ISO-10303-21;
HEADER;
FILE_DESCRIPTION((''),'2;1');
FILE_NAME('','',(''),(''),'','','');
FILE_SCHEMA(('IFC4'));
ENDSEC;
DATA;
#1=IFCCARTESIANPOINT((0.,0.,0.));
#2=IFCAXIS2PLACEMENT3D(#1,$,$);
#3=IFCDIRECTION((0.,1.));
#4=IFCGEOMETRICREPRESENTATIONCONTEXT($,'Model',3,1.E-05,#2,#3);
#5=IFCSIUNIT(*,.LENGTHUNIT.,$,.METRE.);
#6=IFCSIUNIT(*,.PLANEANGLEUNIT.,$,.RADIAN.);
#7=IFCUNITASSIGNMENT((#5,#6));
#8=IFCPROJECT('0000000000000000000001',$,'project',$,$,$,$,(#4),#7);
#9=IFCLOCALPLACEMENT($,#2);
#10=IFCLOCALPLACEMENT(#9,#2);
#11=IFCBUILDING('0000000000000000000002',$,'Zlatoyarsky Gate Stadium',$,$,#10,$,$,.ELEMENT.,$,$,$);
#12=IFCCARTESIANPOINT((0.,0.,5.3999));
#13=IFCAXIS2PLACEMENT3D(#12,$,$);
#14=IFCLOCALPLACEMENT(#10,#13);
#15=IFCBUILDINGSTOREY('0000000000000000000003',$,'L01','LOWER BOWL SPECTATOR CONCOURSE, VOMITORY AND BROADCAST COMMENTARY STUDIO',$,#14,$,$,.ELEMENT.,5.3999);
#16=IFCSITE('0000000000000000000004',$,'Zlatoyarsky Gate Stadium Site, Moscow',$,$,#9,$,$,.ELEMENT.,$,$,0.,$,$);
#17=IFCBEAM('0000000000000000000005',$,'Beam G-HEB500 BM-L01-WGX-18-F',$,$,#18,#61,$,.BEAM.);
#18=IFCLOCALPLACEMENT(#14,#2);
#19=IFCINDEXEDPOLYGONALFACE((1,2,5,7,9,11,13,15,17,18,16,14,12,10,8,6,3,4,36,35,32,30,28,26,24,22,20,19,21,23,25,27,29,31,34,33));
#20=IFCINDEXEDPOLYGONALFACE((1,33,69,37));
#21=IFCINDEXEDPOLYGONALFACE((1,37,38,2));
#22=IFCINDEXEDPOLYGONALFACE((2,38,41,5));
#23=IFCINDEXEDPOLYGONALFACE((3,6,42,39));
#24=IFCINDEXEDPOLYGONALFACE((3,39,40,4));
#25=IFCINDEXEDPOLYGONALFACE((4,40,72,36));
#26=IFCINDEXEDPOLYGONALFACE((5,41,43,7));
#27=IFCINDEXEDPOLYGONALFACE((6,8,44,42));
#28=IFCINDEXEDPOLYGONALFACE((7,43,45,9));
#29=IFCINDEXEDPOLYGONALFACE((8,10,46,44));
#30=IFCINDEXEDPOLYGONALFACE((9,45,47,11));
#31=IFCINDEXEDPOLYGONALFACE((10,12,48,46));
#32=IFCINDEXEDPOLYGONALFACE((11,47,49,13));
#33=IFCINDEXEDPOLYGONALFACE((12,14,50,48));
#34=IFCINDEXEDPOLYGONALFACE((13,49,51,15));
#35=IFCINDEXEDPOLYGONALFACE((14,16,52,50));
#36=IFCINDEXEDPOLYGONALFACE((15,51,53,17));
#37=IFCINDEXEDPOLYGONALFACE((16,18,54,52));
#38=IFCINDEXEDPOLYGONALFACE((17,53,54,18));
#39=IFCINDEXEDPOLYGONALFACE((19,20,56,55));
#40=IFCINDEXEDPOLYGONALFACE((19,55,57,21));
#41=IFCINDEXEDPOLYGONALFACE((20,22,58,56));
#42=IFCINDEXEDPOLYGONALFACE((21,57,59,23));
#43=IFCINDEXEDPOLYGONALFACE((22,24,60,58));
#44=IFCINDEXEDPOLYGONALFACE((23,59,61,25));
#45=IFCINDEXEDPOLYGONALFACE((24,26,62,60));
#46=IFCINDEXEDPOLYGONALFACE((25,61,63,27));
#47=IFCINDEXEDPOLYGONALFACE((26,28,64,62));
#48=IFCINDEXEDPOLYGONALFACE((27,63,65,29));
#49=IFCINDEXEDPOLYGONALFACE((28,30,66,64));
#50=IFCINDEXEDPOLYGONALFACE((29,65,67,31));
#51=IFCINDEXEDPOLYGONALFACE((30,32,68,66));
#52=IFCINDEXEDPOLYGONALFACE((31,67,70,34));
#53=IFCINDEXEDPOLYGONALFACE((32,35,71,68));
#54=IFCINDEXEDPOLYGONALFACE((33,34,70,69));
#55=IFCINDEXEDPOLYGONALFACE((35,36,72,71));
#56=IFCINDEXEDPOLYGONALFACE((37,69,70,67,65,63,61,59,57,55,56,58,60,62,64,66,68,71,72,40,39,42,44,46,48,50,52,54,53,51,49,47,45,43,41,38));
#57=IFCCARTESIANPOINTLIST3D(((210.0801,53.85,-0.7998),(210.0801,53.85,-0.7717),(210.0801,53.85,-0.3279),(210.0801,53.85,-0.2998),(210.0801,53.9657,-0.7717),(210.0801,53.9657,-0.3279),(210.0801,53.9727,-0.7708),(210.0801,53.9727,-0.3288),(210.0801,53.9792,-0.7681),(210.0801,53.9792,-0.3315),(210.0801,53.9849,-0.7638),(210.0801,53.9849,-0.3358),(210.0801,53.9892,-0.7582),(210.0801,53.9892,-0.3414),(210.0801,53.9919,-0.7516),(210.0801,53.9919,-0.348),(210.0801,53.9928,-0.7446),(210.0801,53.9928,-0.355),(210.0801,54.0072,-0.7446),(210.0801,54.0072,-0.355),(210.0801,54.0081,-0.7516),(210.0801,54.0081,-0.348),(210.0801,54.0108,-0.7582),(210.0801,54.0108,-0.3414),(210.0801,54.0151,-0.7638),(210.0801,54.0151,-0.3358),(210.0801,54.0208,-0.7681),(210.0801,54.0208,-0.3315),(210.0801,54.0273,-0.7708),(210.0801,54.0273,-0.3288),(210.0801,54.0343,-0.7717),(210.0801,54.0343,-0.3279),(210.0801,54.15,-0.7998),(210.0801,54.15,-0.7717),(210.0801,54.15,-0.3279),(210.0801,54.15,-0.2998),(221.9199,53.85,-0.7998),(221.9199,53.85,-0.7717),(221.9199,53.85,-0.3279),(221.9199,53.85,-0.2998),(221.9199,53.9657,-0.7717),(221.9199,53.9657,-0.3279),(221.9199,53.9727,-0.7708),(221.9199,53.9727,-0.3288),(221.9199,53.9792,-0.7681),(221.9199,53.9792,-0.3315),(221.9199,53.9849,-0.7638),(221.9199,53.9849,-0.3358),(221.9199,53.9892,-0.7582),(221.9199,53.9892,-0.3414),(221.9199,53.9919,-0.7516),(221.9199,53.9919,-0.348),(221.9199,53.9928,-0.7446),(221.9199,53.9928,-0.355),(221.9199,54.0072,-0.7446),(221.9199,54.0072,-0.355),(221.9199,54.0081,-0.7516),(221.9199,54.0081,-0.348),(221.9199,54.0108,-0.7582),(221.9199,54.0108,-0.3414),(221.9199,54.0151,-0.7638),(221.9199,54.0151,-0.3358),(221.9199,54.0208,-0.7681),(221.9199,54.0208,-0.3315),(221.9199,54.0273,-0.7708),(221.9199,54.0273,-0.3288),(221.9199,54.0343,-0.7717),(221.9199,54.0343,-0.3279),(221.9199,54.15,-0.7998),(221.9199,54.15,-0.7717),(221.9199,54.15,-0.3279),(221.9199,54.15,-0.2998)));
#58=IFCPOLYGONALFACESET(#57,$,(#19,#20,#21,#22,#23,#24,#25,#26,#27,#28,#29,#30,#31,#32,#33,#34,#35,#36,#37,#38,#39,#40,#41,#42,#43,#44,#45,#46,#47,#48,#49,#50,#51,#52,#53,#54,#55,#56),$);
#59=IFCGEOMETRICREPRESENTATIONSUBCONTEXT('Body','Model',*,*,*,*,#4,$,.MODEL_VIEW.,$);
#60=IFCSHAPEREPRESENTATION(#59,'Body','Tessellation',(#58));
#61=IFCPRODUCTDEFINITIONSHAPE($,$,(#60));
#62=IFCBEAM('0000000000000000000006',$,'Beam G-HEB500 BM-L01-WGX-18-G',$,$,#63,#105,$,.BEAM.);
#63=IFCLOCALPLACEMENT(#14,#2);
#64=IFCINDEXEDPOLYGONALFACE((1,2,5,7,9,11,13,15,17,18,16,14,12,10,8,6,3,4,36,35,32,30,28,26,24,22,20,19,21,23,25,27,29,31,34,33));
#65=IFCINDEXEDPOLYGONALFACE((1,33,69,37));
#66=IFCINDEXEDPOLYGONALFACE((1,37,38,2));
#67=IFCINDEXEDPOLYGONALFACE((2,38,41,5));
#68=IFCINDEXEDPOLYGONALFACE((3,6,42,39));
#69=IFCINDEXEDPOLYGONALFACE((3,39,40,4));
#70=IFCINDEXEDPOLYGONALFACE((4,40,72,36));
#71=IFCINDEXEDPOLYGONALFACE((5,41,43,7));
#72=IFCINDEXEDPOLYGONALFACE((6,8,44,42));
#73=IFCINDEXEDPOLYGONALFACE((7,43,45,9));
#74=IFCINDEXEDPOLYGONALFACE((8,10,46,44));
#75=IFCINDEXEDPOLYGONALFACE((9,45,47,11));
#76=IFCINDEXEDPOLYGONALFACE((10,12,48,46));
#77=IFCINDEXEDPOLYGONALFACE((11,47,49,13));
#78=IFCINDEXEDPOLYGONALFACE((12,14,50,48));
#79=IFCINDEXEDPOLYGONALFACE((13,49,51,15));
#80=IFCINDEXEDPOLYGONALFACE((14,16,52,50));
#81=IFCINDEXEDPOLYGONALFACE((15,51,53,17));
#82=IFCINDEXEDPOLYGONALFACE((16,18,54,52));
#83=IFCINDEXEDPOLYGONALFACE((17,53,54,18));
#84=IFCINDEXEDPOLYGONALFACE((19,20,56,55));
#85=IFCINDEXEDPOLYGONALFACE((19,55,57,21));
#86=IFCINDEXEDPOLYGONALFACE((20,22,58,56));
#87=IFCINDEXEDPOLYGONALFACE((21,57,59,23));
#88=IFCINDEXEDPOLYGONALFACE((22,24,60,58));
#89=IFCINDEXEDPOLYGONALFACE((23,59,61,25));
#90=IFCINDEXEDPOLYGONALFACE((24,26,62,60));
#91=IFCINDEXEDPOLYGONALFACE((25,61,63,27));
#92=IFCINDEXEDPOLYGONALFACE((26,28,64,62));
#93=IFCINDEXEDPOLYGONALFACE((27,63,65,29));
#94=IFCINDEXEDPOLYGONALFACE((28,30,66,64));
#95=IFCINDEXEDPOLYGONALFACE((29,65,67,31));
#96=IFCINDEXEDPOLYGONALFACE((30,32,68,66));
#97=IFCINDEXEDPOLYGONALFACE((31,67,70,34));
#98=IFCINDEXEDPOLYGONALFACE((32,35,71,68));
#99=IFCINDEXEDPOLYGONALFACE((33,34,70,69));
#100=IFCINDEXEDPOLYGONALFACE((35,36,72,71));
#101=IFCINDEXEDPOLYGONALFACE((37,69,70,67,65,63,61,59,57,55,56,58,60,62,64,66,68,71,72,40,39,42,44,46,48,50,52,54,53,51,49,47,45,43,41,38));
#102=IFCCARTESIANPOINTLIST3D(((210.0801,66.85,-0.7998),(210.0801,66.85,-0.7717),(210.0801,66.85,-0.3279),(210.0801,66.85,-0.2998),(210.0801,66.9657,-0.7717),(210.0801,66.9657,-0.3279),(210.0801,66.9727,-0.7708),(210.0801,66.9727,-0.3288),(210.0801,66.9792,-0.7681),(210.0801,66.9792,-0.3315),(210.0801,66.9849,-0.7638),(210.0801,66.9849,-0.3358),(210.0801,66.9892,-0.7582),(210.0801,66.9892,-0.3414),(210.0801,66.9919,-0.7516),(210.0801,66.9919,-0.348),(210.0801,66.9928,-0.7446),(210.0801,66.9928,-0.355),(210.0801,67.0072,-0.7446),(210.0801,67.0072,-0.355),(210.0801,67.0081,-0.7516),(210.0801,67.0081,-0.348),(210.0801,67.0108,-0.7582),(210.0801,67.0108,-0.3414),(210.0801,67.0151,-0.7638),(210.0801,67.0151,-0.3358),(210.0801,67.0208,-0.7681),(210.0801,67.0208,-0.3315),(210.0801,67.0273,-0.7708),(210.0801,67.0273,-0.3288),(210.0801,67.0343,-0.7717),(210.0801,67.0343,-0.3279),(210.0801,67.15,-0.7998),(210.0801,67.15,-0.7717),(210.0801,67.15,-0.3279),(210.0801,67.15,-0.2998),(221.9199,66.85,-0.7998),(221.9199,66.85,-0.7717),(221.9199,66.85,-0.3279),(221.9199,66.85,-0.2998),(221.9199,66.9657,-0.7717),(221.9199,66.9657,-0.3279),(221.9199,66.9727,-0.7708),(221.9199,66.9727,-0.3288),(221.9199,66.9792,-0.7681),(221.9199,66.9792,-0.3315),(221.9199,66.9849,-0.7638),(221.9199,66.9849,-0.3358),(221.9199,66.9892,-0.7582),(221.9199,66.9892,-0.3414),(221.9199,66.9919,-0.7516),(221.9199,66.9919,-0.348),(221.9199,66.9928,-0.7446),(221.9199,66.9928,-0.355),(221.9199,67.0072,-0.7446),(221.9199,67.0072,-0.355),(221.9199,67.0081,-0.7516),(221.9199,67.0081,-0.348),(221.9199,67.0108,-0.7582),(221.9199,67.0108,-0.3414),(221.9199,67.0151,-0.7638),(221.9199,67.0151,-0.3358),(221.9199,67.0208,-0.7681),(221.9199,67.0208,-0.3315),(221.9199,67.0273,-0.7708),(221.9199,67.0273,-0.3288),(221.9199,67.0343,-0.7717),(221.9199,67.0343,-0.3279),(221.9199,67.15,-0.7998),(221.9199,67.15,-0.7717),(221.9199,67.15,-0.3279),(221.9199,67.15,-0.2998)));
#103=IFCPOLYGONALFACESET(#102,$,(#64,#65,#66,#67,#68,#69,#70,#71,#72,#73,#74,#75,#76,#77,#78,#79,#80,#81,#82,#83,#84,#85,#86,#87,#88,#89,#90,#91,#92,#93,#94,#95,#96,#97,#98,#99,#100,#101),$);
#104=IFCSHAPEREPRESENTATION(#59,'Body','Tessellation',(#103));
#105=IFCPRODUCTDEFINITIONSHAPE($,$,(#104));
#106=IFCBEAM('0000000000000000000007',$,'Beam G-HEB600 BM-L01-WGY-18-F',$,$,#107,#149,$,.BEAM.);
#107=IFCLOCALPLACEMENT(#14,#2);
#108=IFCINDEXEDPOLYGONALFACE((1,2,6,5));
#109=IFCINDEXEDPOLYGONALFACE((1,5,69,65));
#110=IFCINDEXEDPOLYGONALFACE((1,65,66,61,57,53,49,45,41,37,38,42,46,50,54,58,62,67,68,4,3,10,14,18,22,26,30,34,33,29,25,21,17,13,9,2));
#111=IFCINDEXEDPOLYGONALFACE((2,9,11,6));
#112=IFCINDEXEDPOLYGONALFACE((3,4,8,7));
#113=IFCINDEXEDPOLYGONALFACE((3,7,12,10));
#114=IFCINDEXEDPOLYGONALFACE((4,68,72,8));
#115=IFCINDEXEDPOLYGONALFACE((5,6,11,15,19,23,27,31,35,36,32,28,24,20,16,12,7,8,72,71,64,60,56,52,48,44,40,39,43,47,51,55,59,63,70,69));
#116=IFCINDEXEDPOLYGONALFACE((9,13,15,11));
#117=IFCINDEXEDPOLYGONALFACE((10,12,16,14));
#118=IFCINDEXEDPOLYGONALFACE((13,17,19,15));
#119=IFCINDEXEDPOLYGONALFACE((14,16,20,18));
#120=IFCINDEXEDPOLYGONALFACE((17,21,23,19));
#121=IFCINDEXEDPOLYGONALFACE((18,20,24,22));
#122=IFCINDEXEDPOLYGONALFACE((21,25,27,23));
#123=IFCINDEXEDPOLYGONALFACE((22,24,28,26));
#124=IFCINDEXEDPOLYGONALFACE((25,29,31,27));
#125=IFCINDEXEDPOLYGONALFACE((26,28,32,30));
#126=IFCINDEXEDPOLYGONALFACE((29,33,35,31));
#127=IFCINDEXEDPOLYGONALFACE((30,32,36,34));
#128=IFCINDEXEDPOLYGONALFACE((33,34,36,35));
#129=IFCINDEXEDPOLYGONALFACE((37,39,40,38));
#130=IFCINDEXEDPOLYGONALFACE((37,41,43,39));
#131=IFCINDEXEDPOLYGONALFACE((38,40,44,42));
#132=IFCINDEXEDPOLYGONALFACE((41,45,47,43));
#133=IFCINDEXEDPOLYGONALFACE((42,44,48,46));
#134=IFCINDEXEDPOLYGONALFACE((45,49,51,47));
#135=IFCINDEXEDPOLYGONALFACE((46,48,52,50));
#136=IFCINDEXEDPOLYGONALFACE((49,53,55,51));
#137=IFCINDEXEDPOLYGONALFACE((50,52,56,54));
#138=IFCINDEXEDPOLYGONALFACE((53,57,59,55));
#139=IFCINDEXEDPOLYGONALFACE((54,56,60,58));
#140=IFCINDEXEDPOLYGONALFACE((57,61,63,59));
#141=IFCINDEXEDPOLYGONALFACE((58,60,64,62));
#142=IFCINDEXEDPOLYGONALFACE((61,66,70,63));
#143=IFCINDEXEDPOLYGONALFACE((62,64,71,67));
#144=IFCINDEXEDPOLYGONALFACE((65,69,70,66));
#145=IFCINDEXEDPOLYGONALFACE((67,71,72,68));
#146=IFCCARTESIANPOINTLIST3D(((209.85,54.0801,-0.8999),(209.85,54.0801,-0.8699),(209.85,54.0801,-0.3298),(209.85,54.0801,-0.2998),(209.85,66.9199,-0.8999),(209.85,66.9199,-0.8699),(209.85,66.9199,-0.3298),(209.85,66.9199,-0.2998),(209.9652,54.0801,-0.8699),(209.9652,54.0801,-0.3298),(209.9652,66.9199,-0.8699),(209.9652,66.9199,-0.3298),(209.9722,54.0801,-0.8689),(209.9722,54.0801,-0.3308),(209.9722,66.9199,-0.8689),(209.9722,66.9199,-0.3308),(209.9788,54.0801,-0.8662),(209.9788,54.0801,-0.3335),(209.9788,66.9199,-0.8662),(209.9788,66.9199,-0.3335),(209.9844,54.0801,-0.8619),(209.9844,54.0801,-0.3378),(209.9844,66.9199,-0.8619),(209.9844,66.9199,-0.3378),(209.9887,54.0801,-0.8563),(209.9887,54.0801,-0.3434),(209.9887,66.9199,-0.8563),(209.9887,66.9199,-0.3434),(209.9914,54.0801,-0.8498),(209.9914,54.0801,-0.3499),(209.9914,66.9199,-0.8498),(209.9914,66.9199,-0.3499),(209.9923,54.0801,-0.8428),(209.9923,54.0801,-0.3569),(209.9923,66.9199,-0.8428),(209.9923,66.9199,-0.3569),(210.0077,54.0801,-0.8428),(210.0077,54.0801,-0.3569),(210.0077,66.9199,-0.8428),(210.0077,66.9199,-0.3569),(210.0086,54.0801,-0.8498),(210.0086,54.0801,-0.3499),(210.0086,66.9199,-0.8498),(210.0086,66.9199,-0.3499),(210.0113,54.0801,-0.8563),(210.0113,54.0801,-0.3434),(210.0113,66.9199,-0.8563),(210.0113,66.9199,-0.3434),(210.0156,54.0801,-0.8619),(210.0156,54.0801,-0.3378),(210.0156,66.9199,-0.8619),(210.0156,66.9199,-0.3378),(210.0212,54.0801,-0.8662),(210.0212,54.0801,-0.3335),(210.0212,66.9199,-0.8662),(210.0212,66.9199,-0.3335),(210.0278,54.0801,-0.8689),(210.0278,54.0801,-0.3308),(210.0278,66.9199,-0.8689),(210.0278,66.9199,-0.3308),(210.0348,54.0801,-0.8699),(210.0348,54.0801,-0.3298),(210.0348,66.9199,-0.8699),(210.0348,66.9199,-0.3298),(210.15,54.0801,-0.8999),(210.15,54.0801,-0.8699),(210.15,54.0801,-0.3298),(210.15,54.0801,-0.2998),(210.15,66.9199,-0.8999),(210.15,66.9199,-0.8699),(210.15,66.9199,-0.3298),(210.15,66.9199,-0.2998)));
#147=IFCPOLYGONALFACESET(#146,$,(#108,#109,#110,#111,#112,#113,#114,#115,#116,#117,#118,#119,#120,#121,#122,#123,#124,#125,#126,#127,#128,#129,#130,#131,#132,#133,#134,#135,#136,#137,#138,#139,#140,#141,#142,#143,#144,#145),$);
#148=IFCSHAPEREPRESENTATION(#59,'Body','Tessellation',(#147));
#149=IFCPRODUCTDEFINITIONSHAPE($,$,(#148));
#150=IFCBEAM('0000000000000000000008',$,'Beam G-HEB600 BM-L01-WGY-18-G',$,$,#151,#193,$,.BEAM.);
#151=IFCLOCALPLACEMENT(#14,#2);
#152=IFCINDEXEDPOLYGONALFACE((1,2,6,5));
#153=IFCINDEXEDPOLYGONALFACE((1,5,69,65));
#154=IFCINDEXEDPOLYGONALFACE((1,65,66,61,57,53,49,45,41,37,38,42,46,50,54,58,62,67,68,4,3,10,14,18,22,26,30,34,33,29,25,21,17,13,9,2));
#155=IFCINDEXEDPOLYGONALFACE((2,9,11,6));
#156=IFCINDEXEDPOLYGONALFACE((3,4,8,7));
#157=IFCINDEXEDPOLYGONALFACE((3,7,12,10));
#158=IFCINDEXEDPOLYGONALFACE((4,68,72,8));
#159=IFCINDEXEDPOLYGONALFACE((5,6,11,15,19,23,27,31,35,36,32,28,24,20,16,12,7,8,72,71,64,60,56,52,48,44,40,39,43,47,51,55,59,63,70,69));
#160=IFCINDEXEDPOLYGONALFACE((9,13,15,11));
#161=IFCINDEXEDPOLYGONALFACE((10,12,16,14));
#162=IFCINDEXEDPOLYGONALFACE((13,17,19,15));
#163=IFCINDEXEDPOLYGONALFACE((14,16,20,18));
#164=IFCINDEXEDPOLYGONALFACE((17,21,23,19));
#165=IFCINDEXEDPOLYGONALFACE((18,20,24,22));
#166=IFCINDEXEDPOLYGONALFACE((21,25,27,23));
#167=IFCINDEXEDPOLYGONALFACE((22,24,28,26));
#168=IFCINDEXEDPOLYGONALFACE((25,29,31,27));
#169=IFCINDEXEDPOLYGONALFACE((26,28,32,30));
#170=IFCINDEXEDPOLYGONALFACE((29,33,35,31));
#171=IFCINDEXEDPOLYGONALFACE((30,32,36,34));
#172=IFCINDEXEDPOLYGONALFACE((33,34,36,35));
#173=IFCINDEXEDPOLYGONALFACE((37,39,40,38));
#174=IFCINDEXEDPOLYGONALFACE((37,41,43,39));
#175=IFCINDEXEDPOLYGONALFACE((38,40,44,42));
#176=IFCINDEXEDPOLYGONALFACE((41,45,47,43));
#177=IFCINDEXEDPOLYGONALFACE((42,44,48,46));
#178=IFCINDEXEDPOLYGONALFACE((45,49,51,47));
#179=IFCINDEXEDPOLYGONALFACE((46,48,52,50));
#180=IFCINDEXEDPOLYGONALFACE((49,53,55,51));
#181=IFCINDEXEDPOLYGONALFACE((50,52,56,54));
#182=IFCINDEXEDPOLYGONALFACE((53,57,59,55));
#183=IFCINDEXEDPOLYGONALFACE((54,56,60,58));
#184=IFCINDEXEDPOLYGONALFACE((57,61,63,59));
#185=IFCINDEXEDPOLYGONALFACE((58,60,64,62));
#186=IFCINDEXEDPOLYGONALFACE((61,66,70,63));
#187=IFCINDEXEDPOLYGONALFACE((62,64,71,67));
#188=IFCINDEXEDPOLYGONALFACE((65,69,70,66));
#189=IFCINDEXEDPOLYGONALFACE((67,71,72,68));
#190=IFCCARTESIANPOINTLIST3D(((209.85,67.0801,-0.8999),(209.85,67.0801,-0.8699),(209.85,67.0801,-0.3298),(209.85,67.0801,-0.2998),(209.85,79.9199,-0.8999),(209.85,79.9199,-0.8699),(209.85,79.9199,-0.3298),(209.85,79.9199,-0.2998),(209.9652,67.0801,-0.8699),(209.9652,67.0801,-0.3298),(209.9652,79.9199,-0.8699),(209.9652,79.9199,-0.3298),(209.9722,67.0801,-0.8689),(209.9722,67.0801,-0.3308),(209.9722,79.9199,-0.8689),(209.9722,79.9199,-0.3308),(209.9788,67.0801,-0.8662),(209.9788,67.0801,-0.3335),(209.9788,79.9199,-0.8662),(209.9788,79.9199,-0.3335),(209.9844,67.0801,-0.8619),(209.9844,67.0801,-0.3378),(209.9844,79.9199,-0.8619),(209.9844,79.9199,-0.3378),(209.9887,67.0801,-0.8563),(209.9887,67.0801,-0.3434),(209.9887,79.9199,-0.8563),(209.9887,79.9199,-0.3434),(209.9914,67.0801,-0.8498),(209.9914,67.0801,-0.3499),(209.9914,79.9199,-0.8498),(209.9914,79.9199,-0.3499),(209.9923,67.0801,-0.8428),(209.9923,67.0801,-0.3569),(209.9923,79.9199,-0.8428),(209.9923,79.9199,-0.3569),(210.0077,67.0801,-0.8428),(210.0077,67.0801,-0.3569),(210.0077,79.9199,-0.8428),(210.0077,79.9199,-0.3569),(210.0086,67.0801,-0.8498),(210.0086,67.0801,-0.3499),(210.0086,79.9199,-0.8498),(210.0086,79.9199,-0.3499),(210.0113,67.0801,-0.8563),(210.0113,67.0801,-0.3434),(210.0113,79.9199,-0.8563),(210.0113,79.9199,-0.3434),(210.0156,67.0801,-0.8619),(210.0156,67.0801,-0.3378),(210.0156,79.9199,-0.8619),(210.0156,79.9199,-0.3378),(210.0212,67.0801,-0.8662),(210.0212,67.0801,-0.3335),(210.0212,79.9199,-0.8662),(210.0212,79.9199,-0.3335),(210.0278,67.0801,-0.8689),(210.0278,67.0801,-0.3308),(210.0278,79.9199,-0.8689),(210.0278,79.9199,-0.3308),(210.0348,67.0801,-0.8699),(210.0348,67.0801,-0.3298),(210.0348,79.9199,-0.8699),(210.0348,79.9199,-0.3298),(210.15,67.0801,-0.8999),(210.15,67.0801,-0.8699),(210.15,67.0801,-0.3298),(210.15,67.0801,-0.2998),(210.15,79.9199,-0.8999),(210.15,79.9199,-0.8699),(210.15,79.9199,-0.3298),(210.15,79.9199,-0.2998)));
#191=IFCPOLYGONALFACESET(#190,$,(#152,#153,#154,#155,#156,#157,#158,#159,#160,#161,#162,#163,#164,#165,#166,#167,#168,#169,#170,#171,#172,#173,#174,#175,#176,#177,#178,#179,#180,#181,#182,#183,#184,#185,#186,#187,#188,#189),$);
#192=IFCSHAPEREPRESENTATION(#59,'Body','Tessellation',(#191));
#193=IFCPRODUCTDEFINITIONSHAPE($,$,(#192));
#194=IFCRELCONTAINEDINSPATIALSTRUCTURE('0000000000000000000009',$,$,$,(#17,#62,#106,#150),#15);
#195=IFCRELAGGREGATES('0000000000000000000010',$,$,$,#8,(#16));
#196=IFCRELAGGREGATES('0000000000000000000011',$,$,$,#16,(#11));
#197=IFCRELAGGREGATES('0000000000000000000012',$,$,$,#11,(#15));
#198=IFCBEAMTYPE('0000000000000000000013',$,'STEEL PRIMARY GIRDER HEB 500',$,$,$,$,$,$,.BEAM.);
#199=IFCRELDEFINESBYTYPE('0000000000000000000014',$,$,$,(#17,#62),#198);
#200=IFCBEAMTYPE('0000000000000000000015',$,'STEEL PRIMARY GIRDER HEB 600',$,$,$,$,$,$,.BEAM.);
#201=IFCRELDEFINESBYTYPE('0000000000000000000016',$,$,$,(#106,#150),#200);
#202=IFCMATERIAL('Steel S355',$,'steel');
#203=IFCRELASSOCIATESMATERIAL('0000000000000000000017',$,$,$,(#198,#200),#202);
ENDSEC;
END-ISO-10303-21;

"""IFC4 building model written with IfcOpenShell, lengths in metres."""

from ifc_helpers import new_model, si_unit, direction, frame, origin, origin_2d, place, context, subcontext, project, spatial, i_section, extrude, material, material_profile, profile_set, type_object, element, save


model = new_model("IFC4")

# Units and contexts
model_context = context("Model", 3, precision=1e-05, world=origin(), true_north=direction((0.0, 1.0)))
body_context = subcontext(model_context, "Body", "Model", "MODEL_VIEW")
ifc_project = project(units=[si_unit("LENGTHUNIT", "METRE"), si_unit("PLANEANGLEUNIT", "RADIAN")], contexts=[model_context])

# Site, building, storey
site_placement = place(None, origin())
site = spatial("IfcSite", under=ifc_project, at=site_placement, Name="Zlatoyarsky Gate Stadium Site, Moscow", CompositionType="ELEMENT", RefElevation=0.0)
building_placement = place(site_placement, origin())
building = spatial("IfcBuilding", under=site, at=building_placement, Name="Zlatoyarsky Gate Stadium", CompositionType="ELEMENT")
storey_placement = place(building_placement, frame((0.0, 0.0, 5.3999)))
storey = spatial("IfcBuildingStorey", under=building, at=storey_placement, Name="L01", Description="LOWER BOWL SPECTATOR CONCOURSE, VOMITORY AND BROADCAST COMMENTARY STUDIO", CompositionType="ELEMENT", Elevation=5.3999)

# Shared definitions
ifc_material_1 = material(Name="Steel S355", Category="steel")

# Beams
ifc_material_profile_1 = material_profile(ifc_material_1, i_section(OverallWidth=0.3, OverallDepth=0.5, WebThickness=0.0144, FlangeThickness=0.0281, FilletRadius=0.0271, at=origin_2d()), Name="HEB 500")
ifc_profile_set_1 = profile_set([ifc_material_profile_1], Name="Steel S355")
beam_type_1 = type_object("IfcBeamType", Name="STEEL PRIMARY GIRDER HEB 500", PredefinedType="BEAM", material=ifc_profile_set_1)
for number, where, z_axis, x_axis, name in (
    (1, (210.0801, 54.0, -0.5498), (1.0, 0.0, 0.0), (0.0, 1.0, 0.0), "Beam G-HEB500 BM-L01-WGX-18-F"),
    (2, (210.0801, 67.0, -0.5498), (1.0, 0.0, 0.0), (0.0, 1.0, 0.0), "Beam G-HEB500 BM-L01-WGX-18-G"),
):
    element("IfcBeam", number, at=place(storey_placement, frame(where, z_axis=z_axis, x_axis=x_axis)), inside=storey, type_object=beam_type_1, Name=name, PredefinedType="BEAM", context=body_context, shape_type="SweptSolid", body=[
        extrude(i_section(OverallWidth=0.3, OverallDepth=0.5, WebThickness=0.0144, FlangeThickness=0.0281, FilletRadius=0.0271, at=origin_2d()), origin(), (0.0, 0.0, 1.0), 11.8398),
    ])
ifc_material_profile_2 = material_profile(ifc_material_1, i_section(OverallWidth=0.3, OverallDepth=0.6001, WebThickness=0.0154, FlangeThickness=0.03, FilletRadius=0.0271, at=origin_2d()), Name="HEB 600")
ifc_profile_set_2 = profile_set([ifc_material_profile_2], Name="Steel S355")
beam_type_2 = type_object("IfcBeamType", Name="STEEL PRIMARY GIRDER HEB 600", PredefinedType="BEAM", material=ifc_profile_set_2)
for number, where, z_axis, x_axis, name in (
    (3, (210.0, 54.0801, -0.5999), (0.0, 1.0, 0.0), (-1.0, 0.0, 0.0), "Beam G-HEB600 BM-L01-WGY-18-F"),
    (4, (210.0, 67.0801, -0.5999), (0.0, 1.0, 0.0), (-1.0, 0.0, 0.0), "Beam G-HEB600 BM-L01-WGY-18-G"),
):
    element("IfcBeam", number, at=place(storey_placement, frame(where, z_axis=z_axis, x_axis=x_axis)), inside=storey, type_object=beam_type_2, Name=name, PredefinedType="BEAM", context=body_context, shape_type="SweptSolid", body=[
        extrude(i_section(OverallWidth=0.3, OverallDepth=0.6001, WebThickness=0.0154, FlangeThickness=0.03, FilletRadius=0.0271, at=origin_2d()), origin(), (0.0, 0.0, 1.0), 12.8398),
    ])

save(model, "model.ifc")
